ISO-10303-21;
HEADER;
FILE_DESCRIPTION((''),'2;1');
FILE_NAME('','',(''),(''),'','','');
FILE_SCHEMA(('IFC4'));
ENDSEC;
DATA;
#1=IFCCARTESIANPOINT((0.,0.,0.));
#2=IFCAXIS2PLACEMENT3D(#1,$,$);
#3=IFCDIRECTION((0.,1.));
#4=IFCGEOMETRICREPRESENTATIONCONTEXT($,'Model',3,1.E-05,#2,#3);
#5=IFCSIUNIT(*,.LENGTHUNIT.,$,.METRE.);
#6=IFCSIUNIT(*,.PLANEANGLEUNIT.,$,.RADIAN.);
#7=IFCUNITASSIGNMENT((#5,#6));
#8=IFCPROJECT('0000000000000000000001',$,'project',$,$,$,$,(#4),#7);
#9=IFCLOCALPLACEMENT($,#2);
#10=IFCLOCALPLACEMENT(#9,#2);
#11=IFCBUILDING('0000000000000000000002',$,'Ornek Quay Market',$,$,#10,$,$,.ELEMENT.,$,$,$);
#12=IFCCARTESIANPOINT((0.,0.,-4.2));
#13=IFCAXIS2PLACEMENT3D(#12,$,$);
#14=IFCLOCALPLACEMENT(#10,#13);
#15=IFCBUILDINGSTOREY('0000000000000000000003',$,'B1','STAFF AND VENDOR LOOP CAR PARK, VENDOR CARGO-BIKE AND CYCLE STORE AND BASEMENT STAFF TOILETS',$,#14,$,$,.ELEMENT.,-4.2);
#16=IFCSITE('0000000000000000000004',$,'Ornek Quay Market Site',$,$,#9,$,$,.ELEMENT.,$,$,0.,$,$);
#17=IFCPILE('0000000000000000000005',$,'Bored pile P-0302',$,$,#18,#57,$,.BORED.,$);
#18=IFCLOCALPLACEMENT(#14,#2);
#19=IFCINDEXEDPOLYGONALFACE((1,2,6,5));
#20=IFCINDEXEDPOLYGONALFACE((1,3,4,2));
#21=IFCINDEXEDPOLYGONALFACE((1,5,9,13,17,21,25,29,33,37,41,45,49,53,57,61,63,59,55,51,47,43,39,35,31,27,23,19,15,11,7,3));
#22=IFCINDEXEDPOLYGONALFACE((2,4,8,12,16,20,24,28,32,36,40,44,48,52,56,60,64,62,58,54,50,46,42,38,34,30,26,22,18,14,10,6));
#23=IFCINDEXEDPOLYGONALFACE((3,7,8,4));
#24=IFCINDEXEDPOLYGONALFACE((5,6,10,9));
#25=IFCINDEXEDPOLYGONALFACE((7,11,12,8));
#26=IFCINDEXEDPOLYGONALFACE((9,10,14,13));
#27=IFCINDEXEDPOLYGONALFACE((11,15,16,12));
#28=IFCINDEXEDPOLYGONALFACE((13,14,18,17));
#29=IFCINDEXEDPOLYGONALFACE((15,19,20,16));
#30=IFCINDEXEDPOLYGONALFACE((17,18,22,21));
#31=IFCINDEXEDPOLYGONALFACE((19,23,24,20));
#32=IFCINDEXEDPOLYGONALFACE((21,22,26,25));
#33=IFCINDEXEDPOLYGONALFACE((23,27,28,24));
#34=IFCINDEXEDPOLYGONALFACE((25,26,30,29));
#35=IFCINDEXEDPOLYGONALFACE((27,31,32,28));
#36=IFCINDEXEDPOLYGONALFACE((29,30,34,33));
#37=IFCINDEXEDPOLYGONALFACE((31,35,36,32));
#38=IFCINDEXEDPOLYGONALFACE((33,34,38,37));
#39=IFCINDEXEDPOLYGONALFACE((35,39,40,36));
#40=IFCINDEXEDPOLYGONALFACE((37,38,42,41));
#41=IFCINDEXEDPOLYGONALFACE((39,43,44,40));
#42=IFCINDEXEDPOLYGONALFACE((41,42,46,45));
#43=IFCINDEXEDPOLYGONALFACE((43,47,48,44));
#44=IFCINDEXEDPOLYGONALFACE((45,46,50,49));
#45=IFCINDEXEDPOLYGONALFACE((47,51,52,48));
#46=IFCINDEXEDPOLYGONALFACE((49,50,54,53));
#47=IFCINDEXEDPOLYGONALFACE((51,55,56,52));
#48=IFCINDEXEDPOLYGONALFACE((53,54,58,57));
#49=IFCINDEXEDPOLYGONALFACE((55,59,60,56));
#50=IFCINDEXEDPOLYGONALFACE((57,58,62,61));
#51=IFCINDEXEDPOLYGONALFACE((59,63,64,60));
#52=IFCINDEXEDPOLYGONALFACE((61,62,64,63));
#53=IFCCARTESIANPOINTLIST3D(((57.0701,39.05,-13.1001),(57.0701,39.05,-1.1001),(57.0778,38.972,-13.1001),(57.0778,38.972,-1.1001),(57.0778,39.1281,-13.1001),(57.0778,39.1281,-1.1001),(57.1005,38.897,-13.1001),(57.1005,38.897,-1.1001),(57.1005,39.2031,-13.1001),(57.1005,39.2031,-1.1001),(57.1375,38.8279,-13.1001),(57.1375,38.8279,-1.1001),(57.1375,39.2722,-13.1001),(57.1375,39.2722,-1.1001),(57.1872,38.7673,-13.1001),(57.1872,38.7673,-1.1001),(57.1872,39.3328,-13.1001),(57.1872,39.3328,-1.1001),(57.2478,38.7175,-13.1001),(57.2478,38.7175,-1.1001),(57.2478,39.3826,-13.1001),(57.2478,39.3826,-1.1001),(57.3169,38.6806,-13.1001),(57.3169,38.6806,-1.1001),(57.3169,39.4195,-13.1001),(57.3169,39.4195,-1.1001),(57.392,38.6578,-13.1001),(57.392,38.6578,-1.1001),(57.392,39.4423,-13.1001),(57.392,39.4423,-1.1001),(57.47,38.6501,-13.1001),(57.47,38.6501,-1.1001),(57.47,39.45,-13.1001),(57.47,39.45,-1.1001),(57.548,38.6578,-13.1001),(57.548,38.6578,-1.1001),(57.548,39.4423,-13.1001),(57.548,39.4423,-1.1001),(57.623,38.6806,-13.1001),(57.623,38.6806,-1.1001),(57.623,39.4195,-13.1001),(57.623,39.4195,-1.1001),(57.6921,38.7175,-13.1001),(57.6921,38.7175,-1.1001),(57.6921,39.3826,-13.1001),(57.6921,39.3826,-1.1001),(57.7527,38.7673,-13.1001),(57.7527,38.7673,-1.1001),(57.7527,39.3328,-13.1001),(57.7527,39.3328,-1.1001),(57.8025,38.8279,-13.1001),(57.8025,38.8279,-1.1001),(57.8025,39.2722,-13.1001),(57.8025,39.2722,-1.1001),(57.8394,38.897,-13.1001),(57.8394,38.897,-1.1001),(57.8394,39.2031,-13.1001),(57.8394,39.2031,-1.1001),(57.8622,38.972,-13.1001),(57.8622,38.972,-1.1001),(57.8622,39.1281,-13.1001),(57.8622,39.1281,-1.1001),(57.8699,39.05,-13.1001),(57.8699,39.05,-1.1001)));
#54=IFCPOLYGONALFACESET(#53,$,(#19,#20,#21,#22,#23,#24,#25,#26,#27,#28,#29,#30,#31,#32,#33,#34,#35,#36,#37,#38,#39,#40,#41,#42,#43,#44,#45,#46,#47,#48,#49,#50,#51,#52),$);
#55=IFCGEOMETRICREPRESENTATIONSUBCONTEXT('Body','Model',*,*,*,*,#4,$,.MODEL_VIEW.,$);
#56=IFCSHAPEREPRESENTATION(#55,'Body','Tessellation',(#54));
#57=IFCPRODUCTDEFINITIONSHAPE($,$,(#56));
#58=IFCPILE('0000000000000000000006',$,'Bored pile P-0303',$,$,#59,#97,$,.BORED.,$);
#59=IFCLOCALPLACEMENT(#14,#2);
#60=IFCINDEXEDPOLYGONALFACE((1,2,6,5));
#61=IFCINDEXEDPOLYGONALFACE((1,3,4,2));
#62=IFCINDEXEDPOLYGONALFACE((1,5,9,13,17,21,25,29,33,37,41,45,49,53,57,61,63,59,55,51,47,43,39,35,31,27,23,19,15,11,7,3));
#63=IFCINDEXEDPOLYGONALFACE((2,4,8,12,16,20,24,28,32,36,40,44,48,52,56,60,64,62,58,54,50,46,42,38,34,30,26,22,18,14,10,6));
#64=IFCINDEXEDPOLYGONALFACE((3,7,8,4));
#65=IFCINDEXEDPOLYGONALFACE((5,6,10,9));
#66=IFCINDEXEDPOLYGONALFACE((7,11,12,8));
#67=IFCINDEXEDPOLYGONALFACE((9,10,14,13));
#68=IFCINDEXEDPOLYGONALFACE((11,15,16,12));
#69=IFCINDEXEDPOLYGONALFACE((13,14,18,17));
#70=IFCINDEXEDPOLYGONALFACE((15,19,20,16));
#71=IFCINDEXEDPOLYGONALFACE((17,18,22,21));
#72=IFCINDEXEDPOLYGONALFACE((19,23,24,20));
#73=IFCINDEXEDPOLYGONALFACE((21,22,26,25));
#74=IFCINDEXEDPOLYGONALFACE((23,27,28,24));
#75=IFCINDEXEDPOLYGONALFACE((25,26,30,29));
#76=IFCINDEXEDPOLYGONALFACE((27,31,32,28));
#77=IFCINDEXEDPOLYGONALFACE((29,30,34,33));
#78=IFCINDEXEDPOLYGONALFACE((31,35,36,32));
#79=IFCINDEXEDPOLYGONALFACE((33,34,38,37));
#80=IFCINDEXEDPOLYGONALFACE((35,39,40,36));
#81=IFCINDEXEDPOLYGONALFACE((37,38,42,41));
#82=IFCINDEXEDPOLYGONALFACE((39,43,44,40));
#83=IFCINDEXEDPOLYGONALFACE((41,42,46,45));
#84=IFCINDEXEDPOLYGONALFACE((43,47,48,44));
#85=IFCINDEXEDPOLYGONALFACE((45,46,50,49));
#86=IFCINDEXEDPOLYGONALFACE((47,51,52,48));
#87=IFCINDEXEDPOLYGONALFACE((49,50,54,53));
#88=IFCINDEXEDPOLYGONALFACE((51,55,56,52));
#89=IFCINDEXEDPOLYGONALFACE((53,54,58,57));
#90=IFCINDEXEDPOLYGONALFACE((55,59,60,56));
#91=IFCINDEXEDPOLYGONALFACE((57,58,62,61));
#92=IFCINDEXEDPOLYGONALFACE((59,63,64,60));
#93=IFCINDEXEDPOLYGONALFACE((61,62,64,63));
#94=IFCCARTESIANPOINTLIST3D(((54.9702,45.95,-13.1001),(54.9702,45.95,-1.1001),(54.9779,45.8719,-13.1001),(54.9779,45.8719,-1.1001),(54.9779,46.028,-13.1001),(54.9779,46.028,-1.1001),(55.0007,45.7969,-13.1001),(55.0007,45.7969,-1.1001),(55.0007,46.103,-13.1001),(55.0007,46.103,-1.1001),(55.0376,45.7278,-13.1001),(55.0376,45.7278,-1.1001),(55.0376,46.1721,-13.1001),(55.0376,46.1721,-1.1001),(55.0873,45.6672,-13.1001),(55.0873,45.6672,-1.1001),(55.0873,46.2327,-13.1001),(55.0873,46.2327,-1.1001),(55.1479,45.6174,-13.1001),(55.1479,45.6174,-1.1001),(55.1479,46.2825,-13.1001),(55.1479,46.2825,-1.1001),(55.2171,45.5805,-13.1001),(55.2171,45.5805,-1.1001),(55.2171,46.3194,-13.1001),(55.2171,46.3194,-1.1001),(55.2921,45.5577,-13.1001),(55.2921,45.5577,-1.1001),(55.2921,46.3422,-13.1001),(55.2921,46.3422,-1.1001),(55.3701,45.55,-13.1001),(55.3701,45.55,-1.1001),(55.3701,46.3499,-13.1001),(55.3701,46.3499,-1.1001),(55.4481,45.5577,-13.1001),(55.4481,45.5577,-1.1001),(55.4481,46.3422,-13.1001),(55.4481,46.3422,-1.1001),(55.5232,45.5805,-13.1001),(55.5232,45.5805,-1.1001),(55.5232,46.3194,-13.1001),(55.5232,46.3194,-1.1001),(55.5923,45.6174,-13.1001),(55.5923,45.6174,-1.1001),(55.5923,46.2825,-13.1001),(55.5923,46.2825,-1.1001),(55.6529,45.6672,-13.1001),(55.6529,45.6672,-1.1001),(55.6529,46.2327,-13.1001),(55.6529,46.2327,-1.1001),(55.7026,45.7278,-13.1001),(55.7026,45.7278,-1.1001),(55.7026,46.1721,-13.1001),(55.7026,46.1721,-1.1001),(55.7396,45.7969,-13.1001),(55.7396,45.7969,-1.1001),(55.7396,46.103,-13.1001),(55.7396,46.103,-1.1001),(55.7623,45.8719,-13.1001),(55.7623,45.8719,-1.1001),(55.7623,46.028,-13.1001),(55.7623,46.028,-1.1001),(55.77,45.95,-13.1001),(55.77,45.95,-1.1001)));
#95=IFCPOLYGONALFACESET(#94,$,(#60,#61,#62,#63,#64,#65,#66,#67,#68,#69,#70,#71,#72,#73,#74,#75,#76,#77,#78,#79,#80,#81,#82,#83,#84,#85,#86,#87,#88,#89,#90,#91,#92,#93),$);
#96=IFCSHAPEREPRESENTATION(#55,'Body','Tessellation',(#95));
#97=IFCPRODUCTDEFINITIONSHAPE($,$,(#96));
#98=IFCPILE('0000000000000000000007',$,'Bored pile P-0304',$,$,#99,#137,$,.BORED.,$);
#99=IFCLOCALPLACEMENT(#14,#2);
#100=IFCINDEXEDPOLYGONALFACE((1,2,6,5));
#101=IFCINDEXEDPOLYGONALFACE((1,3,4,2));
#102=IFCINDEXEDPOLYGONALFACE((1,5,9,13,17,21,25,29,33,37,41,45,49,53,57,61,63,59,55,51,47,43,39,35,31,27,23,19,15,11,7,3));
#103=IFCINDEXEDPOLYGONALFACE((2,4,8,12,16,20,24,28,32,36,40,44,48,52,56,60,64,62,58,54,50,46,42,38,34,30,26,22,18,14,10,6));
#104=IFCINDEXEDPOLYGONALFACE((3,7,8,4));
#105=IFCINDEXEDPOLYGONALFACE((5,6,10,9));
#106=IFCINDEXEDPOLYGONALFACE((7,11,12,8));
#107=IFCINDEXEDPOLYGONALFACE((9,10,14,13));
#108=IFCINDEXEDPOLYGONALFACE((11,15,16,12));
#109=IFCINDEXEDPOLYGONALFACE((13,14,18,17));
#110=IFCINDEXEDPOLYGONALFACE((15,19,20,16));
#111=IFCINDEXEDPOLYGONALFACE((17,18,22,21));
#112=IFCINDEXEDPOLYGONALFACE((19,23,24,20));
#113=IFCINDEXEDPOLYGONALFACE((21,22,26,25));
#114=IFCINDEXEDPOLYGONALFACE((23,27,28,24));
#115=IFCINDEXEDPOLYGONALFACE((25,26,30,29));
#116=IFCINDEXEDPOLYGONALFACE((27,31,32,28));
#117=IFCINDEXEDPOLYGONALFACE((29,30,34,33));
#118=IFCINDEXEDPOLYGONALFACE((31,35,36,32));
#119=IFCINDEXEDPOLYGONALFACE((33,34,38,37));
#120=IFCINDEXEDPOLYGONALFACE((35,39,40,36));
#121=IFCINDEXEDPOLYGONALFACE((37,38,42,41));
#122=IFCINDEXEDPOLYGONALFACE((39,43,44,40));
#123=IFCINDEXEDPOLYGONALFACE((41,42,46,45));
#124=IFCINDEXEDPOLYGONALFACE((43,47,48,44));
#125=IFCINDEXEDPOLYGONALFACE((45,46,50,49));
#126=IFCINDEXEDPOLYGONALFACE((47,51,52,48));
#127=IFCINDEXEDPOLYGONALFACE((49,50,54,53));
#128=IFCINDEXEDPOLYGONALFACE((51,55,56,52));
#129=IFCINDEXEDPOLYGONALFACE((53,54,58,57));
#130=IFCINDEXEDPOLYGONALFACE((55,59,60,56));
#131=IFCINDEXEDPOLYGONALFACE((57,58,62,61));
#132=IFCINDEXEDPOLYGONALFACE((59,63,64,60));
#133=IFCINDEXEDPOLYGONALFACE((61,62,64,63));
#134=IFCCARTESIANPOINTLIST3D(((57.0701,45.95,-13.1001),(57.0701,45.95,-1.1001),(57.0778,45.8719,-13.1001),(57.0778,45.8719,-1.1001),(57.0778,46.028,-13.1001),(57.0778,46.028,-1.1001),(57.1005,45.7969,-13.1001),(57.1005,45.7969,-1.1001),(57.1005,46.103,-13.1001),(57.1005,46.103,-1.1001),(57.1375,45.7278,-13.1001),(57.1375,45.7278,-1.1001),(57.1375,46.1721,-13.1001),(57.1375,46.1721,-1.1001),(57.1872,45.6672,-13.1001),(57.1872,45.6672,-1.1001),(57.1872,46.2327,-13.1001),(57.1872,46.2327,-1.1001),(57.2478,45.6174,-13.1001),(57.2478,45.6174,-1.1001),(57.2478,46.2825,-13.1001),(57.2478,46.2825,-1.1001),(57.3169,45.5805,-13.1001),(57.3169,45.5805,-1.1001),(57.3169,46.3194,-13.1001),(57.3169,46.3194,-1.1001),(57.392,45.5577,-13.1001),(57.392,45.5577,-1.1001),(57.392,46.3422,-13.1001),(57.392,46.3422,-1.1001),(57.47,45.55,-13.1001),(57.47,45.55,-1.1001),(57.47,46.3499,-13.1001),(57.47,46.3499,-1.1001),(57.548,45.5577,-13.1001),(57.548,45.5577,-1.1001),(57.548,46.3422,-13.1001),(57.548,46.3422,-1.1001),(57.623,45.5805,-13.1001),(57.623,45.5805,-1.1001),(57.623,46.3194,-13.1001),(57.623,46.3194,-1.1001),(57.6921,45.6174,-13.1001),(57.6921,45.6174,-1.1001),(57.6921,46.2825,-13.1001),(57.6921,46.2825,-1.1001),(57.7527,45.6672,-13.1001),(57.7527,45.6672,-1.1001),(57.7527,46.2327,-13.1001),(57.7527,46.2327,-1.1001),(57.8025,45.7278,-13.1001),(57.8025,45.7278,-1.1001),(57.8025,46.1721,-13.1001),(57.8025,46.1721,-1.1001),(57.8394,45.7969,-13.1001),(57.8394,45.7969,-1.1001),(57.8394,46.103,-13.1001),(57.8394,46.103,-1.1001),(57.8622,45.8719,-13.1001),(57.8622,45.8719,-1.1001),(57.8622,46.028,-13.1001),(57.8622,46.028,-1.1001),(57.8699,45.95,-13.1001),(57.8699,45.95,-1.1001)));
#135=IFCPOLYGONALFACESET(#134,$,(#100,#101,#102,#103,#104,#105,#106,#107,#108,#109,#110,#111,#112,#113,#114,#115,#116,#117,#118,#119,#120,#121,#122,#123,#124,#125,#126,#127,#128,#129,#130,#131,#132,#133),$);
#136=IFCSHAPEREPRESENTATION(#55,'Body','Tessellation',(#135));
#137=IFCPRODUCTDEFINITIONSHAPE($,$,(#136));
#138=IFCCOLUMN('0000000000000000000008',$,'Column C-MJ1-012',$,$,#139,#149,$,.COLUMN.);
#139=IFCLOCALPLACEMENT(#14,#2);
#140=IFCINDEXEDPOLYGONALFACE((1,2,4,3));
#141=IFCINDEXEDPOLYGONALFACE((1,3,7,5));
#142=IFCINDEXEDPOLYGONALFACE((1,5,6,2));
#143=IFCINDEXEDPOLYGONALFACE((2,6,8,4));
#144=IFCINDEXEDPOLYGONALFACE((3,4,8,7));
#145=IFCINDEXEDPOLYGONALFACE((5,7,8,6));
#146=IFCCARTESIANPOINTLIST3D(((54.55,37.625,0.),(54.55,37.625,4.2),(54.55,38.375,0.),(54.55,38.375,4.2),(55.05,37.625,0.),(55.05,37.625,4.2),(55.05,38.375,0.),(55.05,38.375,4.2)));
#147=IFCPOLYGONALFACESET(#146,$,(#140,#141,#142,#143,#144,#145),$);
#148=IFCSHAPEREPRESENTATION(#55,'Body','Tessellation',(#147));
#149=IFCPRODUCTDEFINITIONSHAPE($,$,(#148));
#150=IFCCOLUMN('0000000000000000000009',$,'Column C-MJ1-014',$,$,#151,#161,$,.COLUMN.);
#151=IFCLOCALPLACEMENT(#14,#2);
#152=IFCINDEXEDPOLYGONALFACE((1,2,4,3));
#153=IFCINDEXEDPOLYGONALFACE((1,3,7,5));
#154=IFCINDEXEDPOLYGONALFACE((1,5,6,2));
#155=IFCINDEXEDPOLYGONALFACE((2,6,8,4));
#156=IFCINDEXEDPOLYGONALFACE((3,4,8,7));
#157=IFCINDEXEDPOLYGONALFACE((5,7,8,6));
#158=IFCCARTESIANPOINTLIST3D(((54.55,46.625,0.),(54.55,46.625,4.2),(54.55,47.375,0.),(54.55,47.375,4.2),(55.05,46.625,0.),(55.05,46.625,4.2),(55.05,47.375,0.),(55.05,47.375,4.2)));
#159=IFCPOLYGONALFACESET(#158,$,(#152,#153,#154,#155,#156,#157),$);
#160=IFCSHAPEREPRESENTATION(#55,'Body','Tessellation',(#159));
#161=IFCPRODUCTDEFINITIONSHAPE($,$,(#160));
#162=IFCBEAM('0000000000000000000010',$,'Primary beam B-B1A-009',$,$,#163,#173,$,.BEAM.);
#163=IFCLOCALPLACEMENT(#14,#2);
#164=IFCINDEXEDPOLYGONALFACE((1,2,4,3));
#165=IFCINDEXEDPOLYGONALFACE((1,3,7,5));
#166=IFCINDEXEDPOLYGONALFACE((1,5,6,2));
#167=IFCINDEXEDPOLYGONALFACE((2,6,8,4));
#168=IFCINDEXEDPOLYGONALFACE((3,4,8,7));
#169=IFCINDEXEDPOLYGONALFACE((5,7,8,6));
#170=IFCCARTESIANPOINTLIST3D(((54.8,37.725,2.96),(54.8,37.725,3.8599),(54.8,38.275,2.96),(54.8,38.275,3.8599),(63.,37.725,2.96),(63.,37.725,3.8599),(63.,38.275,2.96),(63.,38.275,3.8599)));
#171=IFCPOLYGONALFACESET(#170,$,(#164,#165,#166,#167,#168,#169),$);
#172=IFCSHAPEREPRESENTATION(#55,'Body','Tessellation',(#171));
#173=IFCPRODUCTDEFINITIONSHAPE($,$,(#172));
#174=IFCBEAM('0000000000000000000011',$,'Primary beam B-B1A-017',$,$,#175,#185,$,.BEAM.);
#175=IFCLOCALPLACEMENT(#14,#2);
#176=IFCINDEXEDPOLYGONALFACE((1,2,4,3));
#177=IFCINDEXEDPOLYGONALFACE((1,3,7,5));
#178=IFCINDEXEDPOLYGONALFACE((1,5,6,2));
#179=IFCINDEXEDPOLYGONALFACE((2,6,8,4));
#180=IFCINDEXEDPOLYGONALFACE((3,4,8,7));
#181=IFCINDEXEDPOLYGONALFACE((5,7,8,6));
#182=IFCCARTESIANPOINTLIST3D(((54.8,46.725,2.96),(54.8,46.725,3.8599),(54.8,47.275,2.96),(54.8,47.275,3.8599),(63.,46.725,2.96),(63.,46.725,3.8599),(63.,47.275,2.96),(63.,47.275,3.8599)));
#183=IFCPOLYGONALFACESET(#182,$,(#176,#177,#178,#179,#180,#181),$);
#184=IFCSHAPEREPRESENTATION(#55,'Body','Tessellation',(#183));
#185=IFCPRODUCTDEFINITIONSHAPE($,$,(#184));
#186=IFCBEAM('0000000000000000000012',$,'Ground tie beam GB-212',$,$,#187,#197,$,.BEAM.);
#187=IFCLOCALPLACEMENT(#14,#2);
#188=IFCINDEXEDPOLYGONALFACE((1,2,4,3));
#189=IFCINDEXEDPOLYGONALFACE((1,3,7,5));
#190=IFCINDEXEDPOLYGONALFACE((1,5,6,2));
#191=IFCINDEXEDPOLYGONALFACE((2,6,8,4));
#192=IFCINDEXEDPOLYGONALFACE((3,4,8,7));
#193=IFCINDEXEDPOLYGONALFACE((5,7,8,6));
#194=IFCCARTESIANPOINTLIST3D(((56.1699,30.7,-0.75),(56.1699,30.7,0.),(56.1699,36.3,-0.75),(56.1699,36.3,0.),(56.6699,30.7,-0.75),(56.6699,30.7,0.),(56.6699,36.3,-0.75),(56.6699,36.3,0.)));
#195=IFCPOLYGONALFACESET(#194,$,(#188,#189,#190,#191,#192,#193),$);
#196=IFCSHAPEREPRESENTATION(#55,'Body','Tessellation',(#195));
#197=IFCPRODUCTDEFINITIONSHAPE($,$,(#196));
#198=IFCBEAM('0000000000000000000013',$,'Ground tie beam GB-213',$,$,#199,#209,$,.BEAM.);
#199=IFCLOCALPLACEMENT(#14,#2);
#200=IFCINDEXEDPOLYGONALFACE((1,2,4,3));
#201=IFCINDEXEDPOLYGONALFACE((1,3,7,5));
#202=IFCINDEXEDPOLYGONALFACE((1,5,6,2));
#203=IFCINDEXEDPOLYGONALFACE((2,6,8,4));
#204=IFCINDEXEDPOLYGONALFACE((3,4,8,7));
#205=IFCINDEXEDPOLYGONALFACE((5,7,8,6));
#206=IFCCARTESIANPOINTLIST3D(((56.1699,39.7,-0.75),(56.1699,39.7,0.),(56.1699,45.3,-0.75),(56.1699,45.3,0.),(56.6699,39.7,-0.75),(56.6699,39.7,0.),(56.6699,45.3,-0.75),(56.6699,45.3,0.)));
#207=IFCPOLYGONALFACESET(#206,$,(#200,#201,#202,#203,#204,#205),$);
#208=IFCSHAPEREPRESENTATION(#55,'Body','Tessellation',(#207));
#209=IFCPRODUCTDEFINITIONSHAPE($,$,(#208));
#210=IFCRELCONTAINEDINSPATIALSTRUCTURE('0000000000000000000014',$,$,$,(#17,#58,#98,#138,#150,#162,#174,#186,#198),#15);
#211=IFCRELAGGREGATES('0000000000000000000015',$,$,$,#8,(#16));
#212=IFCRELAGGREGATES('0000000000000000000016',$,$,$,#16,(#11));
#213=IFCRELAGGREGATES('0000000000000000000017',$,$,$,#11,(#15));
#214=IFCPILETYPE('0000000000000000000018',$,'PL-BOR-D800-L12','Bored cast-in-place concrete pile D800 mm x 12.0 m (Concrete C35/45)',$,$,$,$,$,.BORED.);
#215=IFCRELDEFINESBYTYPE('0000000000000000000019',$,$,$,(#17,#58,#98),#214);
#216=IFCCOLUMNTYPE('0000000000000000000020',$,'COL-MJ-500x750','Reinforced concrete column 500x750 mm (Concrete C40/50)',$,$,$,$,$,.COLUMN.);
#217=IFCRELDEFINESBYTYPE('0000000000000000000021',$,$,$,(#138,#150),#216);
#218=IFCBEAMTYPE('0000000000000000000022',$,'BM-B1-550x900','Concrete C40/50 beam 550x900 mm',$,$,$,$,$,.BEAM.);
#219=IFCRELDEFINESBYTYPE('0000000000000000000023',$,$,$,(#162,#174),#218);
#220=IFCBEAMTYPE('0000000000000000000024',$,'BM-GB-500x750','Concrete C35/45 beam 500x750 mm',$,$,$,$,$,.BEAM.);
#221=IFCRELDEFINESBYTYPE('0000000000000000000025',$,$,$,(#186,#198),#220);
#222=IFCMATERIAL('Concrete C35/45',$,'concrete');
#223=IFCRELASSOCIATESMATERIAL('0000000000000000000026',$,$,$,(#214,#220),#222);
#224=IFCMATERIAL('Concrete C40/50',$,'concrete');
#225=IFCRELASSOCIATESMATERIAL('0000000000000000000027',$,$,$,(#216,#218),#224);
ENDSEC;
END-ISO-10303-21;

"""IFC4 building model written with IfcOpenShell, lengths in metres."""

from ifc_helpers import new_model, si_unit, direction, frame, origin, origin_2d, place, context, subcontext, project, spatial, rectangle, circle, extrude, material, material_profile, profile_set, type_object, element, save


model = new_model("IFC4")

# Units and contexts
model_context = context("Model", 3, precision=1e-05, world=origin(), true_north=direction((0.0, 1.0)))
body_context = subcontext(model_context, "Body", "Model", "MODEL_VIEW")
ifc_project = project(units=[si_unit("LENGTHUNIT", "METRE"), si_unit("PLANEANGLEUNIT", "RADIAN")], contexts=[model_context])

# Site, building, storey
site_placement = place(None, origin())
site = spatial("IfcSite", under=ifc_project, at=site_placement, Name="Ornek Quay Market Site", CompositionType="ELEMENT", RefElevation=0.0)
building_placement = place(site_placement, origin())
building = spatial("IfcBuilding", under=site, at=building_placement, Name="Ornek Quay Market", CompositionType="ELEMENT")
storey_placement = place(building_placement, frame((0.0, 0.0, -4.2)))
storey = spatial("IfcBuildingStorey", under=building, at=storey_placement, Name="B1", Description="STAFF AND VENDOR LOOP CAR PARK, VENDOR CARGO-BIKE AND CYCLE STORE AND BASEMENT STAFF TOILETS", CompositionType="ELEMENT", Elevation=-4.2)

# Piles
ifc_material_1 = material(Name="Concrete C35/45", Category="concrete")
ifc_material_profile_1 = material_profile(ifc_material_1, circle(Radius=0.3999, at=origin_2d()), Name="PILE D800", Category="concrete")
ifc_profile_set_1 = profile_set([ifc_material_profile_1], Name="Concrete C35/45")
pile_type = type_object("IfcPileType", Name="PL-BOR-D800-L12", Description="Bored cast-in-place concrete pile D800 mm x 12.0 m (Concrete C35/45)", PredefinedType="BORED", material=ifc_profile_set_1)
for number, where, z_axis, x_axis, name in (
    (1, (57.47, 39.05, -1.1001), (0.0, 0.0, -1.0), (1.0, 0.0, 0.0), "Bored pile P-0302"),
    (2, (55.3701, 45.95, -1.1001), (0.0, 0.0, -1.0), (1.0, 0.0, 0.0), "Bored pile P-0303"),
    (3, (57.47, 45.95, -1.1001), (0.0, 0.0, -1.0), (1.0, 0.0, 0.0), "Bored pile P-0304"),
):
    element("IfcPile", number, at=place(storey_placement, frame(where, z_axis=z_axis, x_axis=x_axis)), inside=storey, type_object=pile_type, Name=name, PredefinedType="BORED", context=body_context, shape_type="SweptSolid", body=[
        extrude(circle(Radius=0.3999, at=origin_2d()), origin(), (0.0, 0.0, 1.0), 12.0),
    ])

# Columns
ifc_material_2 = material(Name="Concrete C40/50", Category="concrete")
ifc_material_profile_2 = material_profile(ifc_material_2, rectangle(XDim=0.5, YDim=0.75, at=origin_2d()), Name="RC 500x750", Category="concrete")
ifc_profile_set_2 = profile_set([ifc_material_profile_2], Name="Concrete C40/50")
column_type = type_object("IfcColumnType", Name="COL-MJ-500x750", Description="Reinforced concrete column 500x750 mm (Concrete C40/50)", PredefinedType="COLUMN", material=ifc_profile_set_2)
for number, where, z_axis, x_axis, name in (
    (4, (54.8, 38.0, 0.0), (0.0, 0.0, 1.0), (1.0, 0.0, 0.0), "Column C-MJ1-012"),
    (5, (54.8, 47.0, 0.0), (0.0, 0.0, 1.0), (1.0, 0.0, 0.0), "Column C-MJ1-014"),
):
    element("IfcColumn", number, at=place(storey_placement, frame(where, z_axis=z_axis, x_axis=x_axis)), inside=storey, type_object=column_type, Name=name, PredefinedType="COLUMN", context=body_context, shape_type="SweptSolid", body=[
        extrude(rectangle(XDim=0.5, YDim=0.75, at=origin_2d()), origin(), (0.0, 0.0, 1.0), 4.2),
    ])

# Beams
ifc_material_profile_3 = material_profile(ifc_material_2, rectangle(XDim=0.55, YDim=0.8999, at=origin_2d()), Name="RC 550x900", Category="concrete")
ifc_profile_set_3 = profile_set([ifc_material_profile_3], Name="Concrete C40/50")
beam_type_1 = type_object("IfcBeamType", Name="BM-B1-550x900", Description="Concrete C40/50 beam 550x900 mm", PredefinedType="BEAM", material=ifc_profile_set_3)
for number, where, z_axis, x_axis, name in (
    (6, (54.8, 38.0, 3.4099), (1.0, 0.0, 0.0), (0.0, 1.0, 0.0), "Primary beam B-B1A-009"),
    (7, (54.8, 47.0, 3.4099), (1.0, 0.0, 0.0), (0.0, 1.0, 0.0), "Primary beam B-B1A-017"),
):
    element("IfcBeam", number, at=place(storey_placement, frame(where, z_axis=z_axis, x_axis=x_axis)), inside=storey, type_object=beam_type_1, Name=name, PredefinedType="BEAM", context=body_context, shape_type="SweptSolid", body=[
        extrude(rectangle(XDim=0.55, YDim=0.8999, at=origin_2d()), origin(), (0.0, 0.0, 1.0), 8.2),
    ])
ifc_material_profile_4 = material_profile(ifc_material_1, rectangle(XDim=0.5, YDim=0.75, at=origin_2d()), Name="RC 500x750", Category="concrete")
ifc_profile_set_4 = profile_set([ifc_material_profile_4], Name="Concrete C35/45")
beam_type_2 = type_object("IfcBeamType", Name="BM-GB-500x750", Description="Concrete C35/45 beam 500x750 mm", PredefinedType="BEAM", material=ifc_profile_set_4)
for number, where, z_axis, x_axis, name in (
    (8, (56.4199, 30.7, -0.375), (0.0, 1.0, 0.0), (-1.0, 0.0, 0.0), "Ground tie beam GB-212"),
    (9, (56.4199, 39.7, -0.375), (0.0, 1.0, 0.0), (-1.0, 0.0, 0.0), "Ground tie beam GB-213"),
):
    element("IfcBeam", number, at=place(storey_placement, frame(where, z_axis=z_axis, x_axis=x_axis)), inside=storey, type_object=beam_type_2, Name=name, PredefinedType="BEAM", context=body_context, shape_type="SweptSolid", body=[
        extrude(rectangle(XDim=0.5, YDim=0.75, at=origin_2d()), origin(), (0.0, 0.0, 1.0), 5.6001),
    ])

save(model, "model.ifc")
